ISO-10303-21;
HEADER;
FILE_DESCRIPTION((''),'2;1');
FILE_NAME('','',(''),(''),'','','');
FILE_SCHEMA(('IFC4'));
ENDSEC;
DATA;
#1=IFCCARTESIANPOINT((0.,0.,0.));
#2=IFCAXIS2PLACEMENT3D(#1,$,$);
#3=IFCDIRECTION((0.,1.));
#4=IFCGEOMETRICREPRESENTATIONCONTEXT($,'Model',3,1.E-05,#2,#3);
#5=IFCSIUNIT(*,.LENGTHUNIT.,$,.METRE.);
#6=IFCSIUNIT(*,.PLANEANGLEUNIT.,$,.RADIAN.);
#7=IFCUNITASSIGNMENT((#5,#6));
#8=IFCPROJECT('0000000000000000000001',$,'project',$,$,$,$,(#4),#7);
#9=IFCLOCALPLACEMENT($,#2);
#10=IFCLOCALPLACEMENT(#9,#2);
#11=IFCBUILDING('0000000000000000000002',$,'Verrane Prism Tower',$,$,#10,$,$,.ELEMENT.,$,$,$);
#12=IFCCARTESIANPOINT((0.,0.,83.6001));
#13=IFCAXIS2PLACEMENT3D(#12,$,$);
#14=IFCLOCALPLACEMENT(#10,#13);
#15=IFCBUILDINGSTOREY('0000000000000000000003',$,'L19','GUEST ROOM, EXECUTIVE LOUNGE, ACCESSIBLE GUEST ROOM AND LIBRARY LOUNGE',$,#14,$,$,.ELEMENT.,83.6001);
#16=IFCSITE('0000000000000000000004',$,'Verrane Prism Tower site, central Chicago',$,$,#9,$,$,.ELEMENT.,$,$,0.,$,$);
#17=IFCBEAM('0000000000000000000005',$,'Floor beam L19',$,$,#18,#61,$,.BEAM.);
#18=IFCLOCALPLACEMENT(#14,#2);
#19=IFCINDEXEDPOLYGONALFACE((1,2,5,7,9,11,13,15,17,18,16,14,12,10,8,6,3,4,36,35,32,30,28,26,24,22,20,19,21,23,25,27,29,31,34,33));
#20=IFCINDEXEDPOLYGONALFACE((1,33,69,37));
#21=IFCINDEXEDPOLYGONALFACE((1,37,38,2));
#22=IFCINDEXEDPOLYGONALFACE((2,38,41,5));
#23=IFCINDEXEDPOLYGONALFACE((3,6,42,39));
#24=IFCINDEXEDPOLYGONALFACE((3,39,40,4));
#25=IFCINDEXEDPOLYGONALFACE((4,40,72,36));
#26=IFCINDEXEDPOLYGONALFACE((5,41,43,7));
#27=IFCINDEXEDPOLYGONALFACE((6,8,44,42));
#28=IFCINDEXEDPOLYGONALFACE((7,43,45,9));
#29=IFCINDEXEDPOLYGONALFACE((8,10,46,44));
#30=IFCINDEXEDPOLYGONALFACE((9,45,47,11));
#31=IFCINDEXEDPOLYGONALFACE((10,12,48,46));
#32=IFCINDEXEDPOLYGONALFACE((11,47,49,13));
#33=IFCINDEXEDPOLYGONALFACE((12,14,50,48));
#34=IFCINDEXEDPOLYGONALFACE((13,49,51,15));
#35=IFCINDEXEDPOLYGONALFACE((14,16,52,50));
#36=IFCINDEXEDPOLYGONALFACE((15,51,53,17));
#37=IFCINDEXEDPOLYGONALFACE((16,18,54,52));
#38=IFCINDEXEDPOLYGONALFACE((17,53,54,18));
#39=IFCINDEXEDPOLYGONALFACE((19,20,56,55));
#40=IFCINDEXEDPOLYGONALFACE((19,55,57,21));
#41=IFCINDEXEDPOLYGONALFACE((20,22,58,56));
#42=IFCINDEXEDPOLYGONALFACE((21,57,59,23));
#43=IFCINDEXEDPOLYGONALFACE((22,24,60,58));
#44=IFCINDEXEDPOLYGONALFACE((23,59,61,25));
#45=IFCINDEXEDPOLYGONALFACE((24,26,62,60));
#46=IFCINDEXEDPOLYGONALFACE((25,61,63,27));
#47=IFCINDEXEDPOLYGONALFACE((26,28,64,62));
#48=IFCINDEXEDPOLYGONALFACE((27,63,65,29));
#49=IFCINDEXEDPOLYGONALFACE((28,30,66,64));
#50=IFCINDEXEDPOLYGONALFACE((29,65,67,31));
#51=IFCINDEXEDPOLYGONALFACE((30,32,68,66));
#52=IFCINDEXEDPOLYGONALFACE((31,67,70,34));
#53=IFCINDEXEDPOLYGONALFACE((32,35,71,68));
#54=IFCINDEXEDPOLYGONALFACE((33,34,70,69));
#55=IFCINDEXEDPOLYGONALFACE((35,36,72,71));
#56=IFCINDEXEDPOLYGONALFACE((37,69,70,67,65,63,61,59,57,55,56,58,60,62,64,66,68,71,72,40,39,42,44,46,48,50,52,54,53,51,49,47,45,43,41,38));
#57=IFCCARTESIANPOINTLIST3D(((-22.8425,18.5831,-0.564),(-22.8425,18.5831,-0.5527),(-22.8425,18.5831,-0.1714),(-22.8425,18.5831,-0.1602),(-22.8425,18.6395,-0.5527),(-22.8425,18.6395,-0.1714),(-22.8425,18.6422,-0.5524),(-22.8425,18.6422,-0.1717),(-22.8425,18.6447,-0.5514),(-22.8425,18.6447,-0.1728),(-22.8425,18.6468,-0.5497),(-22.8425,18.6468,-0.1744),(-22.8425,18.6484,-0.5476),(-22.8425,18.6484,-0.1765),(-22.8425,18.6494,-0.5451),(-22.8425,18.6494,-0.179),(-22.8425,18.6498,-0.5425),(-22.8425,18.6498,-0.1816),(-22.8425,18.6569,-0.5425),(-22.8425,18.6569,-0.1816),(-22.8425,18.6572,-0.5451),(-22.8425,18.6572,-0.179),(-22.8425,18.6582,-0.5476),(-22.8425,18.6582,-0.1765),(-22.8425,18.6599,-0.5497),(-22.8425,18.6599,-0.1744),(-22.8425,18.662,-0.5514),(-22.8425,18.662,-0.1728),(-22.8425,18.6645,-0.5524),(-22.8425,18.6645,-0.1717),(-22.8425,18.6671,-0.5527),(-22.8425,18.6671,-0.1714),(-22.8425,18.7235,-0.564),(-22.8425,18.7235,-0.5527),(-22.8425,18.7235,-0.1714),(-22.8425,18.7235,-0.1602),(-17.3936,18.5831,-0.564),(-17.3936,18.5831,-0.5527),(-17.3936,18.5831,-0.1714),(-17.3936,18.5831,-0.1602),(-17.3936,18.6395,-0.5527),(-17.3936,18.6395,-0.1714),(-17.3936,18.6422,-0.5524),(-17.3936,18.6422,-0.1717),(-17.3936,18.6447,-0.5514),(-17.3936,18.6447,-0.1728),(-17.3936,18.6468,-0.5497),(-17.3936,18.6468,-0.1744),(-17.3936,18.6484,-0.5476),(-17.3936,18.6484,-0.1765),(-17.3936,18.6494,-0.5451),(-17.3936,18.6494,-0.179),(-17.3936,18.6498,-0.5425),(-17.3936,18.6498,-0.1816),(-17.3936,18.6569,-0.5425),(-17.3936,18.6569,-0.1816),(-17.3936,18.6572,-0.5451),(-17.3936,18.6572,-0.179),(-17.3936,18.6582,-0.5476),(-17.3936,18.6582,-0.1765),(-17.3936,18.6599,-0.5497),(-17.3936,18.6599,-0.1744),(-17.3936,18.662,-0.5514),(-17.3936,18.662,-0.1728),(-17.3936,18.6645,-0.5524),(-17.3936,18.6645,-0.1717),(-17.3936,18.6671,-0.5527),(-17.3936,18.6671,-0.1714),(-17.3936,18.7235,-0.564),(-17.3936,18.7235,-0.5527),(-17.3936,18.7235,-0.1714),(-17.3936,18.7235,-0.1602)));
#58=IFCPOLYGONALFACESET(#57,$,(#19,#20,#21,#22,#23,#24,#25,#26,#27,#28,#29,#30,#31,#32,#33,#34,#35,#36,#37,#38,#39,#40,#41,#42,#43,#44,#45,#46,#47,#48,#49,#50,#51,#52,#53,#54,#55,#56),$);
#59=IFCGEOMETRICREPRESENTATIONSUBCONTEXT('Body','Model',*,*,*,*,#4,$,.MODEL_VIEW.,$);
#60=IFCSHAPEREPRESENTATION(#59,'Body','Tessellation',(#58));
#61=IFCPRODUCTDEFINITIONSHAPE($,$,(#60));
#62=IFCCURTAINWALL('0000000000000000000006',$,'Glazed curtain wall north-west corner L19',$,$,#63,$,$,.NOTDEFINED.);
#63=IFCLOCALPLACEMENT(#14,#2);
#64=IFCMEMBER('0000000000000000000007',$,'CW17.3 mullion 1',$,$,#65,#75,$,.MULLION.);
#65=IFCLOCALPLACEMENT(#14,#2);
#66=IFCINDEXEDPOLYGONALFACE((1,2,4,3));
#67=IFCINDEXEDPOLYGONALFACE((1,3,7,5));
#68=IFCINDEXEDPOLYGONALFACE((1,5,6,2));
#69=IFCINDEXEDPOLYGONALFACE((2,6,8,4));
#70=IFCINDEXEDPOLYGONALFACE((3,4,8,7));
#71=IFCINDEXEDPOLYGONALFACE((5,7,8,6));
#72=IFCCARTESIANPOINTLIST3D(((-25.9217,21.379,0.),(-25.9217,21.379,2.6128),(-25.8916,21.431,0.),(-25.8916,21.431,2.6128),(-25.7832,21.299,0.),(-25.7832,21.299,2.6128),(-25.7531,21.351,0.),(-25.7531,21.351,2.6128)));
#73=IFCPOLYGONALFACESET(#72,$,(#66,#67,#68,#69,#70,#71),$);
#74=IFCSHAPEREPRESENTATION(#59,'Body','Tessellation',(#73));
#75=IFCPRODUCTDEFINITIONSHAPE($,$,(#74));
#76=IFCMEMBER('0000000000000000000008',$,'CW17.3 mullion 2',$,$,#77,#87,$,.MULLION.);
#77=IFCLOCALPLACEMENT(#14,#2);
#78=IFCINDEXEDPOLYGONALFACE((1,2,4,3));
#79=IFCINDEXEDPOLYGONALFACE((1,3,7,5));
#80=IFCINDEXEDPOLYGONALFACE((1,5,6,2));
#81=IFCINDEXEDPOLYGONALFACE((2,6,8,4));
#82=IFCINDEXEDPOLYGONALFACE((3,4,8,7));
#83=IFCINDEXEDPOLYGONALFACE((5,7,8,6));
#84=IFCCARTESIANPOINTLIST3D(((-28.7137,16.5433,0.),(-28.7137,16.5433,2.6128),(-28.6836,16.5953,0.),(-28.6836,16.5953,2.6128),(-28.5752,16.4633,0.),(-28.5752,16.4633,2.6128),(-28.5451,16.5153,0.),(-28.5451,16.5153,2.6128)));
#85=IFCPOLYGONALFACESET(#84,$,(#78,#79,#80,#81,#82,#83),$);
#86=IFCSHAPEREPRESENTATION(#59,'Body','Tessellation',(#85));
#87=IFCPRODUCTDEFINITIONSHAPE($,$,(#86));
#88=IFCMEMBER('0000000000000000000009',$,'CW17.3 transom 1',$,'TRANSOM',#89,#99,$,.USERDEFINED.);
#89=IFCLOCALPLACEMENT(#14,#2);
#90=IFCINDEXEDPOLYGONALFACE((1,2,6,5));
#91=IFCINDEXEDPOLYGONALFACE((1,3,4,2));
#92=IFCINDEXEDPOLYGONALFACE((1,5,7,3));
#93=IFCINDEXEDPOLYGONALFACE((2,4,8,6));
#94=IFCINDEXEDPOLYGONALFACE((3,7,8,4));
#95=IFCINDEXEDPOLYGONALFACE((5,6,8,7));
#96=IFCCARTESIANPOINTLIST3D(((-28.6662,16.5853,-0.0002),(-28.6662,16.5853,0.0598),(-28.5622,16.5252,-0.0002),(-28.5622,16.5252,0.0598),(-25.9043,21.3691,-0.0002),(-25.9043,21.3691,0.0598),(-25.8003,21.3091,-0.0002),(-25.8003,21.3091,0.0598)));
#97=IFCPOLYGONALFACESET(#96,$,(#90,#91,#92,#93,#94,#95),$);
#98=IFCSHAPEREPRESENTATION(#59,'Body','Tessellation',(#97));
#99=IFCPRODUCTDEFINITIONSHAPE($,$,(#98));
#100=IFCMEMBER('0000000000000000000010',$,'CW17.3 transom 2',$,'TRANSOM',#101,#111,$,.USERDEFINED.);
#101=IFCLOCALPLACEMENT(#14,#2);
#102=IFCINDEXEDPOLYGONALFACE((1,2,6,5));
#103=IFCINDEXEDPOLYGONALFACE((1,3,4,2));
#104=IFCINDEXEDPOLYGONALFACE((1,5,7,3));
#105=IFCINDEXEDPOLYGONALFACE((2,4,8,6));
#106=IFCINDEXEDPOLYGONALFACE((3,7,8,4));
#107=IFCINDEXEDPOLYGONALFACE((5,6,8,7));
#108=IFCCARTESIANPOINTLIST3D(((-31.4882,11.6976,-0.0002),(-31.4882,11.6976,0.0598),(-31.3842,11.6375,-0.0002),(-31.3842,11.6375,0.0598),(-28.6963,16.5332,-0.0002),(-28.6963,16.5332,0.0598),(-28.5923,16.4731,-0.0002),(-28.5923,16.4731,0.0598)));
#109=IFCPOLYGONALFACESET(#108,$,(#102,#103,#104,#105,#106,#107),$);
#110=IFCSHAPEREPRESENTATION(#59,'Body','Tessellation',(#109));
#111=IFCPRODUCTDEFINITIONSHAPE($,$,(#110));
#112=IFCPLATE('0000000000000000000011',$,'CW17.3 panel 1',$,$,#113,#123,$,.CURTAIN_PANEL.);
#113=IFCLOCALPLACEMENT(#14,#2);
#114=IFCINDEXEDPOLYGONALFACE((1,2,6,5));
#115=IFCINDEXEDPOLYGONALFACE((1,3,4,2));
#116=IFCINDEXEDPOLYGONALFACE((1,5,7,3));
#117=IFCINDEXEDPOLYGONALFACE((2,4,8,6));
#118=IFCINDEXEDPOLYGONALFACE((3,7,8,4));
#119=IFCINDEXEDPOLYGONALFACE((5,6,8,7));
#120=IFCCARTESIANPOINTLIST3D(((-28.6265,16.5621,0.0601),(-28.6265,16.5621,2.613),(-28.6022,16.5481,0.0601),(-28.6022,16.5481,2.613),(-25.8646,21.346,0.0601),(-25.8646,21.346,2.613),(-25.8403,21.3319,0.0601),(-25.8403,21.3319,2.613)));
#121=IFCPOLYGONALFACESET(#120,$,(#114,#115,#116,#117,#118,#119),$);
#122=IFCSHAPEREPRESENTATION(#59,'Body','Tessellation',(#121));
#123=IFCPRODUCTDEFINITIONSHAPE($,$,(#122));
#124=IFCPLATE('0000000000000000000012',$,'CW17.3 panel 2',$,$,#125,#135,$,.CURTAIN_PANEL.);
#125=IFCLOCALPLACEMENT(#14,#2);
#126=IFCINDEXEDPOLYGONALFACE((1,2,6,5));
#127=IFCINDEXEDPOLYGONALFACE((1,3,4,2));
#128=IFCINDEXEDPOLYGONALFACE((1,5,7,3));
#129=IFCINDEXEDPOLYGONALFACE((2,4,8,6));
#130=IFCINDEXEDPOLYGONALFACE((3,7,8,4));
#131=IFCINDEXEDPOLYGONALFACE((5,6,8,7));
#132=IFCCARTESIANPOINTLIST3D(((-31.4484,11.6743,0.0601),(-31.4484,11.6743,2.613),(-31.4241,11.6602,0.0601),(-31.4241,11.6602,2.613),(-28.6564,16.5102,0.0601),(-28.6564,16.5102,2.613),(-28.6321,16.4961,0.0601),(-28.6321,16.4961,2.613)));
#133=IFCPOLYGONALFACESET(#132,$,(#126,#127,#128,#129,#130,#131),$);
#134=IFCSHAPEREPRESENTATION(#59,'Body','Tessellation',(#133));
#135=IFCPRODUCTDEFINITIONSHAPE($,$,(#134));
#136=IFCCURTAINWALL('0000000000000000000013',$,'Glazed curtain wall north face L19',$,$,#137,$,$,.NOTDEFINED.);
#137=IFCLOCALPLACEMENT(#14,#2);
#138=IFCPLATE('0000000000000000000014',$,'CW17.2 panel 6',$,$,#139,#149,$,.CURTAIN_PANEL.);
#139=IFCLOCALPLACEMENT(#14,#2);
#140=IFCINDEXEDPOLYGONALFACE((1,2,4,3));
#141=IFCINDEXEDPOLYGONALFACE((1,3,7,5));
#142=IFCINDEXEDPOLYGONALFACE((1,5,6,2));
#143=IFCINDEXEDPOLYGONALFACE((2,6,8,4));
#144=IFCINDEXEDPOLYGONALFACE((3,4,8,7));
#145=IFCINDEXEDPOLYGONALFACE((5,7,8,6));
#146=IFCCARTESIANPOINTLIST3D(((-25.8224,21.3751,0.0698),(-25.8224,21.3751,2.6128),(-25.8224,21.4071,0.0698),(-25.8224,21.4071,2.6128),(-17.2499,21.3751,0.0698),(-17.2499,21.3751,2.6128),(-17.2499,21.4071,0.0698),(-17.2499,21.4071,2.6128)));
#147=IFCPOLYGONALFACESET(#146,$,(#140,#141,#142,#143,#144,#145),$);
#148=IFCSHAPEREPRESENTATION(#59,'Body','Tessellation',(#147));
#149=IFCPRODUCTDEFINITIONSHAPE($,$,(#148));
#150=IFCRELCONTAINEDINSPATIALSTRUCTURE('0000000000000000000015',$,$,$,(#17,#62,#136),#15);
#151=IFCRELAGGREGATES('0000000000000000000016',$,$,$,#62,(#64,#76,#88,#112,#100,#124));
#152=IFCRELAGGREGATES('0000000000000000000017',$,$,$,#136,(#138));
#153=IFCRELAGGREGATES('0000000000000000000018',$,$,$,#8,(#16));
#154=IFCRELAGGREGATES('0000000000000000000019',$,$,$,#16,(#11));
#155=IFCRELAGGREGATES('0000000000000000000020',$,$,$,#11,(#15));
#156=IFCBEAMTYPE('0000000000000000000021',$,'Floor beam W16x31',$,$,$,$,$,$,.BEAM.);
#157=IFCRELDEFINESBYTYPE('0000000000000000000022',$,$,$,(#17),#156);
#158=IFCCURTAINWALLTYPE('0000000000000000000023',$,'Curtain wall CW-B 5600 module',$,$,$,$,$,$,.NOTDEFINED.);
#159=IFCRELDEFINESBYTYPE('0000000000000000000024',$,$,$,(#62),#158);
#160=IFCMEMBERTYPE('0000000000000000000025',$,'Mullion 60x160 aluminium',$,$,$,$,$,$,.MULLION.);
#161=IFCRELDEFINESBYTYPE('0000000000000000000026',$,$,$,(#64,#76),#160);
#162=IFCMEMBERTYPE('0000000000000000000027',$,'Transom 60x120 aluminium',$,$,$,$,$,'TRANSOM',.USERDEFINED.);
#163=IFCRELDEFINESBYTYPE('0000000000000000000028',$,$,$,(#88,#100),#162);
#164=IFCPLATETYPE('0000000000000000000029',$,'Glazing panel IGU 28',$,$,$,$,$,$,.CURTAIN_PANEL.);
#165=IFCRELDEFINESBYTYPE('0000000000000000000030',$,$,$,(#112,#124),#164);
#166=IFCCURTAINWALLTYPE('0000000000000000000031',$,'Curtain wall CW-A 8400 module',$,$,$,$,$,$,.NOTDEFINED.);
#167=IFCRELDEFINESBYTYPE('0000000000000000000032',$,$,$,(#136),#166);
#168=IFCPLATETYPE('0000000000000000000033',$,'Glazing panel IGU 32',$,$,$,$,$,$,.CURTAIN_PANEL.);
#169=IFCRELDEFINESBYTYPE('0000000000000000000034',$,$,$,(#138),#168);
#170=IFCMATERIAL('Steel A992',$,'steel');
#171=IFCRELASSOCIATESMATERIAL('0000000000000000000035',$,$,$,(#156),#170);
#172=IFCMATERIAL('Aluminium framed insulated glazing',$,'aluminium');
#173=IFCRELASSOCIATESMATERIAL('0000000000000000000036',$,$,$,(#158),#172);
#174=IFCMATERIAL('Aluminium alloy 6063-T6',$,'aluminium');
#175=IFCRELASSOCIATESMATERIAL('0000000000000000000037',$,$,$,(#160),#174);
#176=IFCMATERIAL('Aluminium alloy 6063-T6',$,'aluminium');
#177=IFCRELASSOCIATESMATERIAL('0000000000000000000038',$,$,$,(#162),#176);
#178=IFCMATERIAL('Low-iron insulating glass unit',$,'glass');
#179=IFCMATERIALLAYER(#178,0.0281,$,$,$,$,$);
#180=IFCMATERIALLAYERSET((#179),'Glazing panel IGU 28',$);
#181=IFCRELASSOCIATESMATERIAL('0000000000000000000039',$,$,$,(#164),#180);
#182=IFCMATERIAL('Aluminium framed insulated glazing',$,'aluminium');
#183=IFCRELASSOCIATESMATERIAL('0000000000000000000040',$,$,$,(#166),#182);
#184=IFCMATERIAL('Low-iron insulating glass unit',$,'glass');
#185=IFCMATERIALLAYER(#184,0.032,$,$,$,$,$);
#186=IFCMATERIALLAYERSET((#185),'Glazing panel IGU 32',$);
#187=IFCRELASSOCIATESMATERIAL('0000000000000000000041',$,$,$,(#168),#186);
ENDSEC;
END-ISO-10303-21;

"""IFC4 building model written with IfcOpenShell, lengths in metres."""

from ifc_helpers import new_model, si_unit, direction, frame, origin, origin_2d, place, context, subcontext, project, spatial, rectangle, i_section, extrude, material, layer, layer_set, material_profile, profile_set, type_object, element, aggregate, save


model = new_model("IFC4")

# Units and contexts
model_context = context("Model", 3, precision=1e-05, world=origin(), true_north=direction((0.0, 1.0)))
body_context = subcontext(model_context, "Body", "Model", "MODEL_VIEW")
ifc_project = project(units=[si_unit("LENGTHUNIT", "METRE"), si_unit("PLANEANGLEUNIT", "RADIAN")], contexts=[model_context])

# Site, building, storey
site_placement = place(None, origin())
site = spatial("IfcSite", under=ifc_project, at=site_placement, Name="Verrane Prism Tower site, central Chicago", CompositionType="ELEMENT", RefElevation=0.0)
building_placement = place(site_placement, origin())
building = spatial("IfcBuilding", under=site, at=building_placement, Name="Verrane Prism Tower", CompositionType="ELEMENT")
storey_placement = place(building_placement, frame((0.0, 0.0, 83.6001)))
storey = spatial("IfcBuildingStorey", under=building, at=storey_placement, Name="L19", Description="GUEST ROOM, EXECUTIVE LOUNGE, ACCESSIBLE GUEST ROOM AND LIBRARY LOUNGE", CompositionType="ELEMENT", Elevation=83.6001)

# Beam
ifc_material_1 = material(Name="Steel A992", Category="steel")
ifc_material_profile_1 = material_profile(ifc_material_1, i_section(OverallWidth=0.1404, OverallDepth=0.4038, WebThickness=0.0071, FlangeThickness=0.0112, FilletRadius=0.0103, at=origin_2d()), Name="W16x31")
ifc_profile_set_1 = profile_set([ifc_material_profile_1], Name="Steel A992")
beam_type_1 = type_object("IfcBeamType", Name="Floor beam W16x31", PredefinedType="BEAM", material=ifc_profile_set_1)
beam_1_placement = place(storey_placement, frame((-22.8425, 18.6533, -0.3621), z_axis=(1.0, 0.0, 0.0), x_axis=(0.0, 1.0, 0.0)))
element("IfcBeam", 1, at=beam_1_placement, inside=storey, type_object=beam_type_1, Name="Floor beam L19", PredefinedType="BEAM", context=body_context, shape_type="SweptSolid", body=[
    extrude(i_section(OverallWidth=0.1404, OverallDepth=0.4038, WebThickness=0.0071, FlangeThickness=0.0112, FilletRadius=0.0103, at=origin_2d()), origin(), (0.0, 0.0, 1.0), 5.449),
])

# Curtain wall, members, plates
ifc_material_2 = material(Name="Aluminium framed insulated glazing", Category="aluminium")
curtain_wall_type_1 = type_object("IfcCurtainWallType", Name="Curtain wall CW-B 5600 module", PredefinedType="NOTDEFINED", material=ifc_material_2)
curtain_wall_1_placement = place(storey_placement, origin())
curtain_wall_1 = element("IfcCurtainWall", 2, at=curtain_wall_1_placement, inside=storey, type_object=curtain_wall_type_1, Name="Glazed curtain wall north-west corner L19", PredefinedType="NOTDEFINED")
ifc_material_3 = material(Name="Aluminium alloy 6063-T6", Category="aluminium")
ifc_material_profile_2 = material_profile(ifc_material_3, rectangle(XDim=0.1599, YDim=0.0601, at=origin_2d()), Name="Mullion 60x160 aluminium")
ifc_profile_set_2 = profile_set([ifc_material_profile_2], Name="Aluminium alloy 6063-T6")
member_type_1 = type_object("IfcMemberType", Name="Mullion 60x160 aluminium", PredefinedType="MULLION", material=ifc_profile_set_2)
member_1_placement = place(storey_placement, frame((-25.8374, 21.365, 0.0), z_axis=(0.0, 0.0, 1.0), x_axis=(0.866026, -0.499998, 0.0)))
member_1 = element("IfcMember", 3, at=member_1_placement, type_object=member_type_1, Name="CW17.3 mullion 1", PredefinedType="MULLION", context=body_context, shape_type="SweptSolid", body=[
    extrude(rectangle(XDim=0.1599, YDim=0.0601, at=origin_2d()), origin(), (0.0, 0.0, 1.0), 2.6128),
])
member_2_placement = place(storey_placement, frame((-28.6294, 16.5293, 0.0), z_axis=(0.0, 0.0, 1.0), x_axis=(0.866026, -0.499998, 0.0)))
member_2 = element("IfcMember", 4, at=member_2_placement, type_object=member_type_1, Name="CW17.3 mullion 2", PredefinedType="MULLION", context=body_context, shape_type="SweptSolid", body=[
    extrude(rectangle(XDim=0.1599, YDim=0.0601, at=origin_2d()), origin(), (0.0, 0.0, 1.0), 2.6128),
])
ifc_material_4 = material(Name="Aluminium alloy 6063-T6", Category="aluminium")
ifc_material_profile_3 = material_profile(ifc_material_4, rectangle(XDim=0.1201, YDim=0.0601, at=origin_2d()), Name="Transom 60x120 aluminium")
ifc_profile_set_3 = profile_set([ifc_material_profile_3], Name="Aluminium alloy 6063-T6")
member_type_2 = type_object("IfcMemberType", Name="Transom 60x120 aluminium", ElementType="TRANSOM", PredefinedType="USERDEFINED", material=ifc_profile_set_3)
member_3_placement = place(storey_placement, frame((-25.8523, 21.3391, 0.0298), z_axis=(-0.499994, -0.866029, 0.0), x_axis=(0.866029, -0.499994, 0.0)))
member_3 = element("IfcMember", 5, at=member_3_placement, type_object=member_type_2, Name="CW17.3 transom 1", ObjectType="TRANSOM", PredefinedType="USERDEFINED", context=body_context, shape_type="SweptSolid", body=[
    extrude(rectangle(XDim=0.1201, YDim=0.0601, at=origin_2d()), origin(), (0.0, 0.0, 1.0), 5.5239),
])
member_4_placement = place(storey_placement, frame((-28.6443, 16.5032, 0.0298), z_axis=(-0.500014, -0.866017, 0.0), x_axis=(0.866017, -0.500014, 0.0)))
member_4 = element("IfcMember", 6, at=member_4_placement, type_object=member_type_2, Name="CW17.3 transom 2", ObjectType="TRANSOM", PredefinedType="USERDEFINED", context=body_context, shape_type="SweptSolid", body=[
    extrude(rectangle(XDim=0.1201, YDim=0.0601, at=origin_2d()), origin(), (0.0, 0.0, 1.0), 5.5837),
])
ifc_material_5 = material(Name="Low-iron insulating glass unit", Category="glass")
ifc_layer_1 = layer(ifc_material_5, 0.0281)
ifc_layer_set_1 = layer_set([ifc_layer_1], Name="Glazing panel IGU 28")
plate_type_1 = type_object("IfcPlateType", Name="Glazing panel IGU 28", PredefinedType="CURTAIN_PANEL", material=ifc_layer_set_1)
plate_1_placement = place(storey_placement, frame((-27.2334, 18.947, 0.0601), z_axis=(0.0, 0.0, 1.0), x_axis=(-0.499998, -0.866026, 0.0)))
plate_1 = element("IfcPlate", 7, at=plate_1_placement, type_object=plate_type_1, Name="CW17.3 panel 1", PredefinedType="CURTAIN_PANEL", context=body_context, shape_type="SweptSolid", body=[
    extrude(rectangle(XDim=5.5239, YDim=0.0281, at=origin_2d()), origin(), (0.0, 0.0, 1.0), 2.553),
])
plate_2_placement = place(storey_placement, frame((-30.0403, 14.0852, 0.0601), z_axis=(0.0, 0.0, 1.0), x_axis=(-0.499998, -0.866026, 0.0)))
plate_2 = element("IfcPlate", 8, at=plate_2_placement, type_object=plate_type_1, Name="CW17.3 panel 2", PredefinedType="CURTAIN_PANEL", context=body_context, shape_type="SweptSolid", body=[
    extrude(rectangle(XDim=5.584, YDim=0.0281, at=origin_2d()), origin(), (0.0, 0.0, 1.0), 2.553),
])
aggregate(curtain_wall_1, [member_1, member_2, member_3, plate_1, member_4, plate_2])

# Curtain wall, plate
ifc_material_6 = material(Name="Aluminium framed insulated glazing", Category="aluminium")
curtain_wall_type_2 = type_object("IfcCurtainWallType", Name="Curtain wall CW-A 8400 module", PredefinedType="NOTDEFINED", material=ifc_material_6)
curtain_wall_2_placement = place(storey_placement, origin())
curtain_wall_2 = element("IfcCurtainWall", 9, at=curtain_wall_2_placement, inside=storey, type_object=curtain_wall_type_2, Name="Glazed curtain wall north face L19", PredefinedType="NOTDEFINED")
ifc_material_7 = material(Name="Low-iron insulating glass unit", Category="glass")
ifc_layer_2 = layer(ifc_material_7, 0.032)
ifc_layer_set_2 = layer_set([ifc_layer_2], Name="Glazing panel IGU 32")
plate_type_2 = type_object("IfcPlateType", Name="Glazing panel IGU 32", PredefinedType="CURTAIN_PANEL", material=ifc_layer_set_2)
plate_3_placement = place(storey_placement, frame((-21.5361, 21.3911, 0.0698), z_axis=(0.0, 0.0, 1.0), x_axis=(-1.0, 0.0, 0.0)))
plate_3 = element("IfcPlate", 10, at=plate_3_placement, type_object=plate_type_2, Name="CW17.2 panel 6", PredefinedType="CURTAIN_PANEL", context=body_context, shape_type="SweptSolid", body=[
    extrude(rectangle(XDim=8.5725, YDim=0.032, at=origin_2d()), origin(), (0.0, 0.0, 1.0), 2.543),
])
aggregate(curtain_wall_2, [plate_3])

save(model, "model.ifc")
